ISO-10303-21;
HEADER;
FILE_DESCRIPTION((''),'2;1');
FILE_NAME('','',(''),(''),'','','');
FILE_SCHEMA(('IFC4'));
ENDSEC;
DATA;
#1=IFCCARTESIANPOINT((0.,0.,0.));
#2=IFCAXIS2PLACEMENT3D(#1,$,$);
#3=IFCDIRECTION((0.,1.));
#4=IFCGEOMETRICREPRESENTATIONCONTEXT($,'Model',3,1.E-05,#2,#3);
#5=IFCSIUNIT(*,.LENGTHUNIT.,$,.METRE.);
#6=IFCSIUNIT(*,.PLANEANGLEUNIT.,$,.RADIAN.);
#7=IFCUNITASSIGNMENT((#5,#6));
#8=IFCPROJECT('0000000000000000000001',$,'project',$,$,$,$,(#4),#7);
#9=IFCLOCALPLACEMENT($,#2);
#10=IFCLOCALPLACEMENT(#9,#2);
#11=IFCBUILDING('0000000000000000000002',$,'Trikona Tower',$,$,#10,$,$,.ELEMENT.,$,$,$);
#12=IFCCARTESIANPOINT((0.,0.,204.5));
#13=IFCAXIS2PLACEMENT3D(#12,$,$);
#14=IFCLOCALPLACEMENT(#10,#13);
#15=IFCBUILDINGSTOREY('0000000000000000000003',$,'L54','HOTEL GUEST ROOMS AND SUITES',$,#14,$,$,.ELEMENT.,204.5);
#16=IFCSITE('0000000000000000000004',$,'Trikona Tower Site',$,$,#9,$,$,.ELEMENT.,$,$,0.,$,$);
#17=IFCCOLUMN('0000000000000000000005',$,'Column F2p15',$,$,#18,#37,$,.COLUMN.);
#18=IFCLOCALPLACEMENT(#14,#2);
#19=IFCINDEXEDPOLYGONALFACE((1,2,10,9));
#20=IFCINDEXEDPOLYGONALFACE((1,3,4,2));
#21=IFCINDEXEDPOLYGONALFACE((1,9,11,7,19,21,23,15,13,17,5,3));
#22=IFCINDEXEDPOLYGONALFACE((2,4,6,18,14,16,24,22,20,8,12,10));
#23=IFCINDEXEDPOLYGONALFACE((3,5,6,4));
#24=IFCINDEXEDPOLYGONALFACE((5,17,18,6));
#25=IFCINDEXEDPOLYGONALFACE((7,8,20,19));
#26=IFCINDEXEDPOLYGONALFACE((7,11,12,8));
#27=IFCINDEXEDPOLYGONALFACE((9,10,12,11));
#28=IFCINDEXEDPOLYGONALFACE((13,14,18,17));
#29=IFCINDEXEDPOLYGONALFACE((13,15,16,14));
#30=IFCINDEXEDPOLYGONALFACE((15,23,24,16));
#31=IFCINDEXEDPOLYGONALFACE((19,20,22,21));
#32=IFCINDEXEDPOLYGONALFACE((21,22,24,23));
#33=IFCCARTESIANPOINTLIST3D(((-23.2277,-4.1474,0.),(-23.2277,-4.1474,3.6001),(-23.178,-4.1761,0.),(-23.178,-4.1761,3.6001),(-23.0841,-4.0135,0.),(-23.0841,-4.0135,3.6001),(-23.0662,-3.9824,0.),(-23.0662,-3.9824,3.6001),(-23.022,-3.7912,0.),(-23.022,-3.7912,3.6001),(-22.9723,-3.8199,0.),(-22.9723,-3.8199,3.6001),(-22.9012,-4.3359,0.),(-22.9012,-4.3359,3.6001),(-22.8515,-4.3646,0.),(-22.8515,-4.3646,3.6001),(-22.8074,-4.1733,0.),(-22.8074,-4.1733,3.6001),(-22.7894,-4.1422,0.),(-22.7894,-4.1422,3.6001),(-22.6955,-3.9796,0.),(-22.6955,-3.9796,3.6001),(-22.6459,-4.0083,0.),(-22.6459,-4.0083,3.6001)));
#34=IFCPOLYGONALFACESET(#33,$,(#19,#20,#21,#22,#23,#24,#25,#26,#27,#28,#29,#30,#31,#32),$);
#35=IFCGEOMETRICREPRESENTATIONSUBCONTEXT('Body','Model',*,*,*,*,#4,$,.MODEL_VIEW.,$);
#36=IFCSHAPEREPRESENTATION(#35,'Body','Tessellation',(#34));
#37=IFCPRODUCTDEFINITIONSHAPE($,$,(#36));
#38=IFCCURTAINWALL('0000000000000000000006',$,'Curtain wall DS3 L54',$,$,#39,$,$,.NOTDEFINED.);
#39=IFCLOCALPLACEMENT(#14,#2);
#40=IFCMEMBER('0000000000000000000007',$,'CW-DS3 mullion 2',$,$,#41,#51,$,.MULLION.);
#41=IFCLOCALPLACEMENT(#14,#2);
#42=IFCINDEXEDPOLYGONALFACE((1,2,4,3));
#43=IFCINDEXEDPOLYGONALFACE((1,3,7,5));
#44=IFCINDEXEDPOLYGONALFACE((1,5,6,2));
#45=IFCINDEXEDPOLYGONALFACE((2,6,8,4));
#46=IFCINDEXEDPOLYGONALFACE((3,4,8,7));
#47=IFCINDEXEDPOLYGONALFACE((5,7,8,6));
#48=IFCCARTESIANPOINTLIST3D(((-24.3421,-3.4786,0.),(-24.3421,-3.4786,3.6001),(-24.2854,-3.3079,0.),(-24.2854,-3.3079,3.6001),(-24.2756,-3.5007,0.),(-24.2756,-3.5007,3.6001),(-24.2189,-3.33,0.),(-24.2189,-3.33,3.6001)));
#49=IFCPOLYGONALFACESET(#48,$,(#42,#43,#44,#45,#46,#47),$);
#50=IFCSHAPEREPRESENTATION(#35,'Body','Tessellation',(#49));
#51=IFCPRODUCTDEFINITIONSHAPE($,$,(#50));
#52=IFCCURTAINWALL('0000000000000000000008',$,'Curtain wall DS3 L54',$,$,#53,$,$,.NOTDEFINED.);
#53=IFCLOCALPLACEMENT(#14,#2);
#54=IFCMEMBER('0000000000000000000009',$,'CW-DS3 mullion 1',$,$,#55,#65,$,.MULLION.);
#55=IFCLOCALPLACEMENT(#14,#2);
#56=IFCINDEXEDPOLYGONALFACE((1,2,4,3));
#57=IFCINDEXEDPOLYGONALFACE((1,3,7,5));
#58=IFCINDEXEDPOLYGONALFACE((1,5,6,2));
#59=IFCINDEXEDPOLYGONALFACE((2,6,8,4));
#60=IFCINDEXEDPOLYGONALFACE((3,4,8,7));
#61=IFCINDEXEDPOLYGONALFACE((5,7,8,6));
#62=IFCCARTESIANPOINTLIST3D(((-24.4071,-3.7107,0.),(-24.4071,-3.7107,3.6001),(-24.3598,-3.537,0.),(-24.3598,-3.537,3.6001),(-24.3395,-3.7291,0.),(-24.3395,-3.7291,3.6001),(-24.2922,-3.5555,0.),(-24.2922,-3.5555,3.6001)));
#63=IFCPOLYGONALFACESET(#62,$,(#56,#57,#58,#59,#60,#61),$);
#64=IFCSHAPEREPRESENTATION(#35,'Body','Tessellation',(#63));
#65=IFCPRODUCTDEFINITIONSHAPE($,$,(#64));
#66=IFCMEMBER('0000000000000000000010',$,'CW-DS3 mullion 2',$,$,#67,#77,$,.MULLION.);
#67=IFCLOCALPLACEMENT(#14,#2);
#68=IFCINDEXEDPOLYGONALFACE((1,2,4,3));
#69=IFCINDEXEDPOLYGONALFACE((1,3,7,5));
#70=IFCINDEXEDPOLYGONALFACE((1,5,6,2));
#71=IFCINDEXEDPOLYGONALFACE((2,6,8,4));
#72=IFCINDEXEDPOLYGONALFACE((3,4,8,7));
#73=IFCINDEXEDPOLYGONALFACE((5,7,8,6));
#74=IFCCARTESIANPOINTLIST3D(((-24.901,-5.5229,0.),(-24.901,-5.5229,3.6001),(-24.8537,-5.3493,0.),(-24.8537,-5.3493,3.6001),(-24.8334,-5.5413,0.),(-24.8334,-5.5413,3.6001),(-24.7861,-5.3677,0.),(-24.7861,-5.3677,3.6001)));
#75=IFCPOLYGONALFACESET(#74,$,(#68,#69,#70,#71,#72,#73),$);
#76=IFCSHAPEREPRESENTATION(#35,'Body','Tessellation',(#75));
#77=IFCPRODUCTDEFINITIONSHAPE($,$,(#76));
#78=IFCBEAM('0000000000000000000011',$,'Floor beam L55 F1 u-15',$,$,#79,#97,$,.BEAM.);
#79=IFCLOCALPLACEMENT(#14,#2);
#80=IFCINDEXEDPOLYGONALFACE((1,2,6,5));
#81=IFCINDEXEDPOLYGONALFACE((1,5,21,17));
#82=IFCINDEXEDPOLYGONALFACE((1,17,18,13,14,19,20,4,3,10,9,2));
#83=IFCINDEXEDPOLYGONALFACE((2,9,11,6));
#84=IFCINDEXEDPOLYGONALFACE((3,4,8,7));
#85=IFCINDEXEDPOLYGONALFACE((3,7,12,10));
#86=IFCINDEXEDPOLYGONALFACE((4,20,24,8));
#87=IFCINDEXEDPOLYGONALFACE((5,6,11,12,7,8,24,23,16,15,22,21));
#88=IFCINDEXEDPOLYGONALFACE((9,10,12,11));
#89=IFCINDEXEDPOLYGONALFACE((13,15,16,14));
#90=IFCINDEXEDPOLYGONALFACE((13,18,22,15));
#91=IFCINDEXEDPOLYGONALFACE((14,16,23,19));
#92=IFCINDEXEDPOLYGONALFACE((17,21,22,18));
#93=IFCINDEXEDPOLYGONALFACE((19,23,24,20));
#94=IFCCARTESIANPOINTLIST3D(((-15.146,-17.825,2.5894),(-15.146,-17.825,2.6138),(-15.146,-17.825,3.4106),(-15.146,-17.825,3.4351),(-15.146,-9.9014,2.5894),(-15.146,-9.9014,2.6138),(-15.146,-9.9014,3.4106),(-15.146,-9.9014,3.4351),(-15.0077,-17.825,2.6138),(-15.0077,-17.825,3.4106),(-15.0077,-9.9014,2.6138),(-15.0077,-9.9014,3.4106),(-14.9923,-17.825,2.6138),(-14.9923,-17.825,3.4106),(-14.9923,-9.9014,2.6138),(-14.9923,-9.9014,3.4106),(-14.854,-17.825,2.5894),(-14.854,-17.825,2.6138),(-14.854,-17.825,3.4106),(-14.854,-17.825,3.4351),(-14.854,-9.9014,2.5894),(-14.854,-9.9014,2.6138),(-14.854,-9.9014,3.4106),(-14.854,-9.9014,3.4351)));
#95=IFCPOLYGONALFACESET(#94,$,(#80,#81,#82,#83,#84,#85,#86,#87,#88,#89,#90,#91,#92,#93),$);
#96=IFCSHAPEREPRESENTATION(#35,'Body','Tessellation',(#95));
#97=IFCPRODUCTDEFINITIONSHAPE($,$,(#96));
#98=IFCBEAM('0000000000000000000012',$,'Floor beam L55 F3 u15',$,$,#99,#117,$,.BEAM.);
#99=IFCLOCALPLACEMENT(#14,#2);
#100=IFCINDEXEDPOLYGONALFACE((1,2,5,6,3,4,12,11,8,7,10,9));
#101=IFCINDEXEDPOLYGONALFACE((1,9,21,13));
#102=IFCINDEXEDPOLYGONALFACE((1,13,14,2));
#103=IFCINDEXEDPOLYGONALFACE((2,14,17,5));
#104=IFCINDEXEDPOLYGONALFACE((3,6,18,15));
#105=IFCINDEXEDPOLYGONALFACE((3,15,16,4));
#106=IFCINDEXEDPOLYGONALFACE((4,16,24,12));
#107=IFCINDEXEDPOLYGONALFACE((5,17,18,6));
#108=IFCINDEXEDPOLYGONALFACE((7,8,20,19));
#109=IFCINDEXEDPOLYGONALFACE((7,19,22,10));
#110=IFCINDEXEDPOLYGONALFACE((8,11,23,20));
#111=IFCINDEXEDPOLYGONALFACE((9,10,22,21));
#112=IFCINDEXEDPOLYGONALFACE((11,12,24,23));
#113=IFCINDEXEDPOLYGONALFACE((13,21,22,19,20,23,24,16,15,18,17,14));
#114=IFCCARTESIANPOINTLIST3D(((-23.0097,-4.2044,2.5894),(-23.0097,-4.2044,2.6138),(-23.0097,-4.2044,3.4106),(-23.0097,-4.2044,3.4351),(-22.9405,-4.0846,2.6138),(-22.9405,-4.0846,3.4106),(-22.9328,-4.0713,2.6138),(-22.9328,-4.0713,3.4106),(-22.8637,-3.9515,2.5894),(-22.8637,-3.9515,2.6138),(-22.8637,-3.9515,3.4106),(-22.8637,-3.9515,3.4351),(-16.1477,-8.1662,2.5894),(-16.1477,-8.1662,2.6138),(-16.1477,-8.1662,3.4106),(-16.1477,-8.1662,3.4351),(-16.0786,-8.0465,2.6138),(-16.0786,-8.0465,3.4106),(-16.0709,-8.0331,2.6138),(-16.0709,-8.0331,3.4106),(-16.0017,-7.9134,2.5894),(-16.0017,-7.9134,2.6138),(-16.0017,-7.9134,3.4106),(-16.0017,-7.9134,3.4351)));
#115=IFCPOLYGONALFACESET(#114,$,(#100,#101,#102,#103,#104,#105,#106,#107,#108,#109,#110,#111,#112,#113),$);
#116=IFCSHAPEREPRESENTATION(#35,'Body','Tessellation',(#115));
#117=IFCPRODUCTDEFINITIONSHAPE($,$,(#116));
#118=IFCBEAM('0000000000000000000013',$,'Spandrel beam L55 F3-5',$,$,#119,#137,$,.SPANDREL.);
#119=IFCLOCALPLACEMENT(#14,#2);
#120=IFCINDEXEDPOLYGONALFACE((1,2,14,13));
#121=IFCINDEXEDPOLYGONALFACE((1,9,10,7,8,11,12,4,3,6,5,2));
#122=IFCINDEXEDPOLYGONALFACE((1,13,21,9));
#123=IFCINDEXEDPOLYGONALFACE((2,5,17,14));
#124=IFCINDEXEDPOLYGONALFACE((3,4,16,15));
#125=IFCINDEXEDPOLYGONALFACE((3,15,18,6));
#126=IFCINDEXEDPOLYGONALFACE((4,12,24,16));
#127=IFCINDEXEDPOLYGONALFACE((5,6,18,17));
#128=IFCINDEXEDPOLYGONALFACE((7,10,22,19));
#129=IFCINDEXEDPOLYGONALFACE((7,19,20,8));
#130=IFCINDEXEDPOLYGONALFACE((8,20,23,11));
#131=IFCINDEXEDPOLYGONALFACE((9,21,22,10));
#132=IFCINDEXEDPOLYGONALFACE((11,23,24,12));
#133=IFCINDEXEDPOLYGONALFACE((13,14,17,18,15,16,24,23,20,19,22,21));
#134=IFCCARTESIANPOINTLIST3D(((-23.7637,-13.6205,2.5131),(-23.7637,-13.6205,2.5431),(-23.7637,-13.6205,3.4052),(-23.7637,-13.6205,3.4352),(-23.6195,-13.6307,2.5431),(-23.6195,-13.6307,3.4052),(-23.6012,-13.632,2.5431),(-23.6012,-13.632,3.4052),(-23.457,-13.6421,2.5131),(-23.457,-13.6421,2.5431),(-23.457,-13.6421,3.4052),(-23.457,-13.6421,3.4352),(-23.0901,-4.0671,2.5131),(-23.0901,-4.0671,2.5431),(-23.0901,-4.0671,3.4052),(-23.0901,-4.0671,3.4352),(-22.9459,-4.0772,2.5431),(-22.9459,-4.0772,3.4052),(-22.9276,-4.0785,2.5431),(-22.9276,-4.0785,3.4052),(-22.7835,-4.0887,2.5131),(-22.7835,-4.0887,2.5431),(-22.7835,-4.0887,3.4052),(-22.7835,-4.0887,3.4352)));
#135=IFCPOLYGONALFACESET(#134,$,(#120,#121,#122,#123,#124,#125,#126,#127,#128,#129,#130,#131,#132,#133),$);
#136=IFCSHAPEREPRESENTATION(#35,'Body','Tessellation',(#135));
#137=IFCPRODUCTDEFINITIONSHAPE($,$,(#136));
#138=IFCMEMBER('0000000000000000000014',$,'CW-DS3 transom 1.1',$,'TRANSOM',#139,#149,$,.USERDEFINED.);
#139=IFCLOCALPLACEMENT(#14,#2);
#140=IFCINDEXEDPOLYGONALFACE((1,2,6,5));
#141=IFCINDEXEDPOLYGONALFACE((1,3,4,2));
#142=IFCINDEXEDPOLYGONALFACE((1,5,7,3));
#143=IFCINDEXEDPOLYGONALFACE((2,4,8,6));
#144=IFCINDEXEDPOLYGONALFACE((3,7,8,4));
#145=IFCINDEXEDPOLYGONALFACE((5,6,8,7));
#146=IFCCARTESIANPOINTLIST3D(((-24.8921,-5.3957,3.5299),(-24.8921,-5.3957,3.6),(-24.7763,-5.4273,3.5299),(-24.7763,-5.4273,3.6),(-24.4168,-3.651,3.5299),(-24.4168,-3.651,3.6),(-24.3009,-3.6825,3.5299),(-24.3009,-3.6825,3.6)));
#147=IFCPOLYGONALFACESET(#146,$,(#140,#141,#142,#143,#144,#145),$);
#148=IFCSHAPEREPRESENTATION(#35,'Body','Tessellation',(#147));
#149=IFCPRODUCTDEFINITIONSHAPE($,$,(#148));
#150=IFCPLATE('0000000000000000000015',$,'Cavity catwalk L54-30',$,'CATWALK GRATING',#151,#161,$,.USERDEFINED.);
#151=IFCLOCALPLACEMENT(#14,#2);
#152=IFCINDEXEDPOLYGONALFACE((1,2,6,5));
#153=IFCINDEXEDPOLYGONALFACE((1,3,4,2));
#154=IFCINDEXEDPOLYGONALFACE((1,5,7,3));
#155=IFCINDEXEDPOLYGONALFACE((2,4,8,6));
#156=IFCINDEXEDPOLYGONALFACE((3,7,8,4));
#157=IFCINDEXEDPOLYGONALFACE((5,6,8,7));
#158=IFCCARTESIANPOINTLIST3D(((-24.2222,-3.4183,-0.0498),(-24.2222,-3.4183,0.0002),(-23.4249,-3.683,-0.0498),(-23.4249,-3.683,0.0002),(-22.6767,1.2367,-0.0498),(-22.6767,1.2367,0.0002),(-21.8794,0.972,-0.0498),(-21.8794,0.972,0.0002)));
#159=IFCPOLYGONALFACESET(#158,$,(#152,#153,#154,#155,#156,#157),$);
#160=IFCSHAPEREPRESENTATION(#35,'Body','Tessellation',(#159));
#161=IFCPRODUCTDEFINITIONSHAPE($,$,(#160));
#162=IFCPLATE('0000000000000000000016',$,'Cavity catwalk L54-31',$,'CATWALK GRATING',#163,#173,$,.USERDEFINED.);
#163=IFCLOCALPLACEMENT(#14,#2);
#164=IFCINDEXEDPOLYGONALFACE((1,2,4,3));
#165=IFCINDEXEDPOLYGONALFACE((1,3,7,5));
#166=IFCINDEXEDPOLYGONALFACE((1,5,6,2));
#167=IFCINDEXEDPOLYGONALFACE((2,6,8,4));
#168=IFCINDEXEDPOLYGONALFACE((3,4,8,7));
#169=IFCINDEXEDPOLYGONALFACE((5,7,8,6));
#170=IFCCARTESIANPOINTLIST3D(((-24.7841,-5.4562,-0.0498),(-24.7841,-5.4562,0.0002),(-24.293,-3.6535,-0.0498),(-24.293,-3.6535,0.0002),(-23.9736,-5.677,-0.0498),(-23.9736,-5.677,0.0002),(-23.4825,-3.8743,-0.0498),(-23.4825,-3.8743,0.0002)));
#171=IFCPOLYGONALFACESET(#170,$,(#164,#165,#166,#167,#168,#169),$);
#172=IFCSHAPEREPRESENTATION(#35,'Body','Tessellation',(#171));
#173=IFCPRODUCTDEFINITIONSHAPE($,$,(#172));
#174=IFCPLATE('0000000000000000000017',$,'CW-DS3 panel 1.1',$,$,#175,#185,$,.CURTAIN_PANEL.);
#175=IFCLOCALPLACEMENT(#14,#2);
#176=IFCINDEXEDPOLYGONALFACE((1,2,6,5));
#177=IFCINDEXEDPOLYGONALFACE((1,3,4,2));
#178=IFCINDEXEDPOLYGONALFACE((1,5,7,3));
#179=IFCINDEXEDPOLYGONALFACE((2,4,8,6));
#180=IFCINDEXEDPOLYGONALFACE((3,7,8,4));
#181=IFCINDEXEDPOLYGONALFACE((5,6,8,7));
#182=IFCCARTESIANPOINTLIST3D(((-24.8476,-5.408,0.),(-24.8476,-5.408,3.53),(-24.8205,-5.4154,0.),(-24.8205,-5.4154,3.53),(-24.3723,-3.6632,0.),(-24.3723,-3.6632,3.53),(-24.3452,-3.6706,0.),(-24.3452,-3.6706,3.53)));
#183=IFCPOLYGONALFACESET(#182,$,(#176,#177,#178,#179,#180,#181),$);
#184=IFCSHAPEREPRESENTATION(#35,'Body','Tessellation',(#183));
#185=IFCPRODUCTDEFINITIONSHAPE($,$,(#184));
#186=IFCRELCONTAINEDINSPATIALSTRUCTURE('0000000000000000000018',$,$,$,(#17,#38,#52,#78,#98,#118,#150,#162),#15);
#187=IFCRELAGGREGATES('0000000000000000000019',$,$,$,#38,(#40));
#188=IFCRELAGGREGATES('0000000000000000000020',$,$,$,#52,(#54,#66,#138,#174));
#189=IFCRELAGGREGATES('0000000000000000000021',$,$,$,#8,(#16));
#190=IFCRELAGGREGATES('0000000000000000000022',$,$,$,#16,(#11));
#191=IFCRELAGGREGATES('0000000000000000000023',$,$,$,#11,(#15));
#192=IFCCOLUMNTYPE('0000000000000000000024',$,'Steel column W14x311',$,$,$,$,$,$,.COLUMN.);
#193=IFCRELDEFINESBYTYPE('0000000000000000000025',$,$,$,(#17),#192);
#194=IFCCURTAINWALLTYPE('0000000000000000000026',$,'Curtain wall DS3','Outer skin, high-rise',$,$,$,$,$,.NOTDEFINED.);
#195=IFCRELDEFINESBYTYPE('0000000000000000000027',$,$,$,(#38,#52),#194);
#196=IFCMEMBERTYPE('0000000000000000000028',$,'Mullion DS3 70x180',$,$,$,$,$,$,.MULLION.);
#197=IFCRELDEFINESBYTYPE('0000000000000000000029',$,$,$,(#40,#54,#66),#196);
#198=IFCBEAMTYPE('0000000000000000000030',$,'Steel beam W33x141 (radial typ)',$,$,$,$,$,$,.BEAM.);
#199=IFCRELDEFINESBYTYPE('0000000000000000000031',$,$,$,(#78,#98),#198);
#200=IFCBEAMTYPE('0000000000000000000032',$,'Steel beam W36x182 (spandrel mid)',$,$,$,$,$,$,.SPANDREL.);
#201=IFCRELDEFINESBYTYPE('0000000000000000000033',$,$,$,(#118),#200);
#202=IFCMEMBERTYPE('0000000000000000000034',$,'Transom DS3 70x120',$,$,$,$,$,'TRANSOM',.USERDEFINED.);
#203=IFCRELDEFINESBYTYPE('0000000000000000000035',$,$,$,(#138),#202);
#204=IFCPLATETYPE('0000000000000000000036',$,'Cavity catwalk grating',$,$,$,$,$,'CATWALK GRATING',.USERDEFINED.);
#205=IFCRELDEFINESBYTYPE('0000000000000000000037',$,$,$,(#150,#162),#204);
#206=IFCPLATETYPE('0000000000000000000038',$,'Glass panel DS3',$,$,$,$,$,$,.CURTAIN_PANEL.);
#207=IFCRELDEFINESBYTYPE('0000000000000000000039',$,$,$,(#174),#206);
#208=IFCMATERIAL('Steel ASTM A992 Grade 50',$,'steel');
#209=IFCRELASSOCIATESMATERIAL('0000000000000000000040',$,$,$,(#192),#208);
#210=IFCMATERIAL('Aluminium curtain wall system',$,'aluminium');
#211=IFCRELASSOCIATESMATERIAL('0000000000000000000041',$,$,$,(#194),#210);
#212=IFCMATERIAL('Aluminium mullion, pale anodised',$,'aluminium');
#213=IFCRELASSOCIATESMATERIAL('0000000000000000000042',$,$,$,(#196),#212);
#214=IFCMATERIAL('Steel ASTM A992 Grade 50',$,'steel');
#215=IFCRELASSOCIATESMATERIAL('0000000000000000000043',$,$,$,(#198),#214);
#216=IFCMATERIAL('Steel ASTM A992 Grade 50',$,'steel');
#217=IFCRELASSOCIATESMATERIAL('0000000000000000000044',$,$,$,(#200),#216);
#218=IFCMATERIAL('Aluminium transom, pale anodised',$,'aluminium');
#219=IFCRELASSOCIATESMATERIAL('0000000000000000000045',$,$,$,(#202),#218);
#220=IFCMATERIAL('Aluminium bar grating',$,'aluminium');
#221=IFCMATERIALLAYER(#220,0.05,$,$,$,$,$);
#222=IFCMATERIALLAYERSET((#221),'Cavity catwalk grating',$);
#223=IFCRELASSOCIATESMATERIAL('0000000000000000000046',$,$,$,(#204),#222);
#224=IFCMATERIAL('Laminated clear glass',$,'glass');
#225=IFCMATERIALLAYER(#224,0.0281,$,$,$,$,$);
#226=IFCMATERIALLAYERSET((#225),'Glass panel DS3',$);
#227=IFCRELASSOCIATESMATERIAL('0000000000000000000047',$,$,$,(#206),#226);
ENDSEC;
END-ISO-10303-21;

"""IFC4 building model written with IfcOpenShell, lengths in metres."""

from ifc_helpers import new_model, si_unit, direction, frame, origin, origin_2d, place, context, subcontext, project, spatial, rectangle, i_section, extrude, material, layer, layer_set, material_profile, profile_set, type_object, element, aggregate, save


model = new_model("IFC4")

# Units and contexts
model_context = context("Model", 3, precision=1e-05, world=origin(), true_north=direction((0.0, 1.0)))
body_context = subcontext(model_context, "Body", "Model", "MODEL_VIEW")
ifc_project = project(units=[si_unit("LENGTHUNIT", "METRE"), si_unit("PLANEANGLEUNIT", "RADIAN")], contexts=[model_context])

# Site, building, storey
site_placement = place(None, origin())
site = spatial("IfcSite", under=ifc_project, at=site_placement, Name="Trikona Tower Site", CompositionType="ELEMENT", RefElevation=0.0)
building_placement = place(site_placement, origin())
building = spatial("IfcBuilding", under=site, at=building_placement, Name="Trikona Tower", CompositionType="ELEMENT")
storey_placement = place(building_placement, frame((0.0, 0.0, 204.5)))
storey = spatial("IfcBuildingStorey", under=building, at=storey_placement, Name="L54", Description="HOTEL GUEST ROOMS AND SUITES", CompositionType="ELEMENT", Elevation=204.5)

# Column
ifc_material_1 = material(Name="Steel ASTM A992 Grade 50", Category="steel")
ifc_material_profile_1 = material_profile(ifc_material_1, i_section(OverallWidth=0.4114, OverallDepth=0.4343, WebThickness=0.0359, FlangeThickness=0.0574, at=origin_2d()), Name="W14X311")
ifc_profile_set_1 = profile_set([ifc_material_profile_1], Name="Steel ASTM A992 Grade 50")
column_type = type_object("IfcColumnType", Name="Steel column W14x311", PredefinedType="COLUMN", material=ifc_profile_set_1)
column_placement = place(storey_placement, frame((-22.9368, -4.0779, 0.0), z_axis=(0.0, 0.0, 1.0), x_axis=(-0.5, -0.866025, 0.0)))
element("IfcColumn", 1, at=column_placement, inside=storey, type_object=column_type, Name="Column F2p15", PredefinedType="COLUMN", context=body_context, shape_type="SweptSolid", body=[
    extrude(i_section(OverallWidth=0.4114, OverallDepth=0.4343, WebThickness=0.0359, FlangeThickness=0.0574, at=origin_2d()), origin(), (0.0, 0.0, 1.0), 3.6001),
])

# Curtain wall, member
ifc_material_2 = material(Name="Aluminium curtain wall system", Category="aluminium")
curtain_wall_type = type_object("IfcCurtainWallType", Name="Curtain wall DS3", Description="Outer skin, high-rise", PredefinedType="NOTDEFINED", material=ifc_material_2)
curtain_wall_1_placement = place(storey_placement, origin())
curtain_wall_1 = element("IfcCurtainWall", 2, at=curtain_wall_1_placement, inside=storey, type_object=curtain_wall_type, Name="Curtain wall DS3 L54", PredefinedType="NOTDEFINED")
ifc_material_3 = material(Name="Aluminium mullion, pale anodised", Category="aluminium")
ifc_material_profile_2 = material_profile(ifc_material_3, rectangle(XDim=0.0701, YDim=0.1799, at=origin_2d()), Name="MUL-DS3")
ifc_profile_set_2 = profile_set([ifc_material_profile_2], Name="Aluminium mullion, pale anodised")
member_type_1 = type_object("IfcMemberType", Name="Mullion DS3 70x180", PredefinedType="MULLION", material=ifc_profile_set_2)
member_1_placement = place(storey_placement, frame((-24.2805, -3.4043, 0.0), z_axis=(0.0, 0.0, 1.0), x_axis=(0.949066, -0.315078, 0.0)))
member_1 = element("IfcMember", 3, at=member_1_placement, type_object=member_type_1, Name="CW-DS3 mullion 2", PredefinedType="MULLION", context=body_context, shape_type="SweptSolid", body=[
    extrude(rectangle(XDim=0.0701, YDim=0.1799, at=origin_2d()), origin(), (0.0, 0.0, 1.0), 3.6001),
])
aggregate(curtain_wall_1, [member_1])

# Curtain wall, members
curtain_wall_2_placement = place(storey_placement, origin())
curtain_wall_2 = element("IfcCurtainWall", 4, at=curtain_wall_2_placement, inside=storey, type_object=curtain_wall_type, Name="Curtain wall DS3 L54", PredefinedType="NOTDEFINED")
member_2_placement = place(storey_placement, frame((-24.3496, -3.6331, 0.0), z_axis=(0.0, 0.0, 1.0), x_axis=(0.964838, -0.262844, 0.0)))
member_2 = element("IfcMember", 5, at=member_2_placement, type_object=member_type_1, Name="CW-DS3 mullion 1", PredefinedType="MULLION", context=body_context, shape_type="SweptSolid", body=[
    extrude(rectangle(XDim=0.0701, YDim=0.1799, at=origin_2d()), origin(), (0.0, 0.0, 1.0), 3.6001),
])
member_3_placement = place(storey_placement, frame((-24.8435, -5.4453, 0.0), z_axis=(0.0, 0.0, 1.0), x_axis=(0.964838, -0.262844, 0.0)))
member_3 = element("IfcMember", 6, at=member_3_placement, type_object=member_type_1, Name="CW-DS3 mullion 2", PredefinedType="MULLION", context=body_context, shape_type="SweptSolid", body=[
    extrude(rectangle(XDim=0.0701, YDim=0.1799, at=origin_2d()), origin(), (0.0, 0.0, 1.0), 3.6001),
])

# Beams
ifc_material_4 = material(Name="Steel ASTM A992 Grade 50", Category="steel")
ifc_material_profile_3 = material_profile(ifc_material_4, i_section(OverallWidth=0.292, OverallDepth=0.8457, WebThickness=0.0154, FlangeThickness=0.0244, at=origin_2d()), Name="W33X141")
ifc_profile_set_3 = profile_set([ifc_material_profile_3], Name="Steel ASTM A992 Grade 50")
beam_type_1 = type_object("IfcBeamType", Name="Steel beam W33x141 (radial typ)", PredefinedType="BEAM", material=ifc_profile_set_3)
for number, where, z_axis, x_axis, name in (
    (7, (-15.0, -9.9014, 3.0122), (0.0, -1.0, 0.0), (1.0, 0.0, 0.0), "Floor beam L55 F1 u-15"),
    (8, (-16.0747, -8.0398, 3.0122), (-0.86602, 0.50001, 0.0), (-0.50001, -0.86602, 0.0), "Floor beam L55 F3 u15"),
):
    element("IfcBeam", number, at=place(storey_placement, frame(where, z_axis=z_axis, x_axis=x_axis)), inside=storey, type_object=beam_type_1, Name=name, PredefinedType="BEAM", context=body_context, shape_type="SweptSolid", body=[
        extrude(i_section(OverallWidth=0.292, OverallDepth=0.8457, WebThickness=0.0154, FlangeThickness=0.0244, at=origin_2d()), origin(), (0.0, 0.0, 1.0), 7.9236),
    ])
ifc_material_5 = material(Name="Steel ASTM A992 Grade 50", Category="steel")
ifc_material_profile_4 = material_profile(ifc_material_5, i_section(OverallWidth=0.3074, OverallDepth=0.9221, WebThickness=0.0183, FlangeThickness=0.03, at=origin_2d()), Name="W36X182")
ifc_profile_set_4 = profile_set([ifc_material_profile_4], Name="Steel ASTM A992 Grade 50")
beam_type_2 = type_object("IfcBeamType", Name="Steel beam W36x182 (spandrel mid)", PredefinedType="SPANDREL", material=ifc_profile_set_4)
beam_placement = place(storey_placement, frame((-22.9368, -4.0779, 2.9741), z_axis=(-0.070332, -0.997524, 0.0), x_axis=(0.997524, -0.070332, 0.0)))
element("IfcBeam", 9, at=beam_placement, inside=storey, type_object=beam_type_2, Name="Spandrel beam L55 F3-5", PredefinedType="SPANDREL", context=body_context, shape_type="SweptSolid", body=[
    extrude(i_section(OverallWidth=0.3074, OverallDepth=0.9221, WebThickness=0.0183, FlangeThickness=0.03, at=origin_2d()), origin(), (0.0, 0.0, 1.0), 9.5771),
])

# Member
ifc_material_6 = material(Name="Aluminium transom, pale anodised", Category="aluminium")
ifc_material_profile_5 = material_profile(ifc_material_6, rectangle(XDim=0.1201, YDim=0.0701, at=origin_2d()), Name="TRN-DS3")
ifc_profile_set_5 = profile_set([ifc_material_profile_5], Name="Aluminium transom, pale anodised")
member_type_2 = type_object("IfcMemberType", Name="Transom DS3 70x120", ElementType="TRANSOM", PredefinedType="USERDEFINED", material=ifc_profile_set_5)
member_4_placement = place(storey_placement, frame((-24.3589, -3.6667, 3.5649), z_axis=(-0.262843, -0.964839, 0.0), x_axis=(0.964839, -0.262843, 0.0)))
member_4 = element("IfcMember", 10, at=member_4_placement, type_object=member_type_2, Name="CW-DS3 transom 1.1", ObjectType="TRANSOM", PredefinedType="USERDEFINED", context=body_context, shape_type="SweptSolid", body=[
    extrude(rectangle(XDim=0.1201, YDim=0.0701, at=origin_2d()), origin(), (0.0, 0.0, 1.0), 1.8083),
])

# Plates
ifc_material_7 = material(Name="Aluminium bar grating", Category="aluminium")
ifc_layer_1 = layer(ifc_material_7, 0.05)
ifc_layer_set_1 = layer_set([ifc_layer_1], Name="Cavity catwalk grating")
plate_type_1 = type_object("IfcPlateType", Name="Cavity catwalk grating", ElementType="CATWALK GRATING", PredefinedType="USERDEFINED", material=ifc_layer_set_1)
plate_1_placement = place(storey_placement, frame((-23.0508, -1.2231, -0.0498), z_axis=(0.0, 0.0, 1.0), x_axis=(-0.315093, -0.949061, 0.0)))
element("IfcPlate", 11, at=plate_1_placement, inside=storey, type_object=plate_type_1, Name="Cavity catwalk L54-30", ObjectType="CATWALK GRATING", PredefinedType="USERDEFINED", context=body_context, shape_type="SweptSolid", body=[
    extrude(rectangle(XDim=4.9048, YDim=0.8401, at=origin_2d()), origin(), (0.0, 0.0, 1.0), 0.05),
])
plate_2_placement = place(storey_placement, frame((-24.1333, -4.6653, -0.0498), z_axis=(0.0, 0.0, 1.0), x_axis=(-0.262822, -0.964844, 0.0)))
element("IfcPlate", 12, at=plate_2_placement, inside=storey, type_object=plate_type_1, Name="Cavity catwalk L54-31", ObjectType="CATWALK GRATING", PredefinedType="USERDEFINED", context=body_context, shape_type="SweptSolid", body=[
    extrude(rectangle(XDim=1.8684, YDim=0.8401, at=origin_2d()), origin(), (0.0, 0.0, 1.0), 0.05),
])

# Plate
ifc_material_8 = material(Name="Laminated clear glass", Category="glass")
ifc_layer_2 = layer(ifc_material_8, 0.0281)
ifc_layer_set_2 = layer_set([ifc_layer_2], Name="Glass panel DS3")
plate_type_2 = type_object("IfcPlateType", Name="Glass panel DS3", PredefinedType="CURTAIN_PANEL", material=ifc_layer_set_2)
plate_3_placement = place(storey_placement, frame((-24.5964, -4.5393, 0.0), z_axis=(0.0, 0.0, 1.0), x_axis=(-0.262844, -0.964838, 0.0)))
plate_3 = element("IfcPlate", 13, at=plate_3_placement, type_object=plate_type_2, Name="CW-DS3 panel 1.1", PredefinedType="CURTAIN_PANEL", context=body_context, shape_type="SweptSolid", body=[
    extrude(rectangle(XDim=1.8083, YDim=0.0281, at=origin_2d()), origin(), (0.0, 0.0, 1.0), 3.53),
])
aggregate(curtain_wall_2, [member_2, member_3, member_4, plate_3])

save(model, "model.ifc")
